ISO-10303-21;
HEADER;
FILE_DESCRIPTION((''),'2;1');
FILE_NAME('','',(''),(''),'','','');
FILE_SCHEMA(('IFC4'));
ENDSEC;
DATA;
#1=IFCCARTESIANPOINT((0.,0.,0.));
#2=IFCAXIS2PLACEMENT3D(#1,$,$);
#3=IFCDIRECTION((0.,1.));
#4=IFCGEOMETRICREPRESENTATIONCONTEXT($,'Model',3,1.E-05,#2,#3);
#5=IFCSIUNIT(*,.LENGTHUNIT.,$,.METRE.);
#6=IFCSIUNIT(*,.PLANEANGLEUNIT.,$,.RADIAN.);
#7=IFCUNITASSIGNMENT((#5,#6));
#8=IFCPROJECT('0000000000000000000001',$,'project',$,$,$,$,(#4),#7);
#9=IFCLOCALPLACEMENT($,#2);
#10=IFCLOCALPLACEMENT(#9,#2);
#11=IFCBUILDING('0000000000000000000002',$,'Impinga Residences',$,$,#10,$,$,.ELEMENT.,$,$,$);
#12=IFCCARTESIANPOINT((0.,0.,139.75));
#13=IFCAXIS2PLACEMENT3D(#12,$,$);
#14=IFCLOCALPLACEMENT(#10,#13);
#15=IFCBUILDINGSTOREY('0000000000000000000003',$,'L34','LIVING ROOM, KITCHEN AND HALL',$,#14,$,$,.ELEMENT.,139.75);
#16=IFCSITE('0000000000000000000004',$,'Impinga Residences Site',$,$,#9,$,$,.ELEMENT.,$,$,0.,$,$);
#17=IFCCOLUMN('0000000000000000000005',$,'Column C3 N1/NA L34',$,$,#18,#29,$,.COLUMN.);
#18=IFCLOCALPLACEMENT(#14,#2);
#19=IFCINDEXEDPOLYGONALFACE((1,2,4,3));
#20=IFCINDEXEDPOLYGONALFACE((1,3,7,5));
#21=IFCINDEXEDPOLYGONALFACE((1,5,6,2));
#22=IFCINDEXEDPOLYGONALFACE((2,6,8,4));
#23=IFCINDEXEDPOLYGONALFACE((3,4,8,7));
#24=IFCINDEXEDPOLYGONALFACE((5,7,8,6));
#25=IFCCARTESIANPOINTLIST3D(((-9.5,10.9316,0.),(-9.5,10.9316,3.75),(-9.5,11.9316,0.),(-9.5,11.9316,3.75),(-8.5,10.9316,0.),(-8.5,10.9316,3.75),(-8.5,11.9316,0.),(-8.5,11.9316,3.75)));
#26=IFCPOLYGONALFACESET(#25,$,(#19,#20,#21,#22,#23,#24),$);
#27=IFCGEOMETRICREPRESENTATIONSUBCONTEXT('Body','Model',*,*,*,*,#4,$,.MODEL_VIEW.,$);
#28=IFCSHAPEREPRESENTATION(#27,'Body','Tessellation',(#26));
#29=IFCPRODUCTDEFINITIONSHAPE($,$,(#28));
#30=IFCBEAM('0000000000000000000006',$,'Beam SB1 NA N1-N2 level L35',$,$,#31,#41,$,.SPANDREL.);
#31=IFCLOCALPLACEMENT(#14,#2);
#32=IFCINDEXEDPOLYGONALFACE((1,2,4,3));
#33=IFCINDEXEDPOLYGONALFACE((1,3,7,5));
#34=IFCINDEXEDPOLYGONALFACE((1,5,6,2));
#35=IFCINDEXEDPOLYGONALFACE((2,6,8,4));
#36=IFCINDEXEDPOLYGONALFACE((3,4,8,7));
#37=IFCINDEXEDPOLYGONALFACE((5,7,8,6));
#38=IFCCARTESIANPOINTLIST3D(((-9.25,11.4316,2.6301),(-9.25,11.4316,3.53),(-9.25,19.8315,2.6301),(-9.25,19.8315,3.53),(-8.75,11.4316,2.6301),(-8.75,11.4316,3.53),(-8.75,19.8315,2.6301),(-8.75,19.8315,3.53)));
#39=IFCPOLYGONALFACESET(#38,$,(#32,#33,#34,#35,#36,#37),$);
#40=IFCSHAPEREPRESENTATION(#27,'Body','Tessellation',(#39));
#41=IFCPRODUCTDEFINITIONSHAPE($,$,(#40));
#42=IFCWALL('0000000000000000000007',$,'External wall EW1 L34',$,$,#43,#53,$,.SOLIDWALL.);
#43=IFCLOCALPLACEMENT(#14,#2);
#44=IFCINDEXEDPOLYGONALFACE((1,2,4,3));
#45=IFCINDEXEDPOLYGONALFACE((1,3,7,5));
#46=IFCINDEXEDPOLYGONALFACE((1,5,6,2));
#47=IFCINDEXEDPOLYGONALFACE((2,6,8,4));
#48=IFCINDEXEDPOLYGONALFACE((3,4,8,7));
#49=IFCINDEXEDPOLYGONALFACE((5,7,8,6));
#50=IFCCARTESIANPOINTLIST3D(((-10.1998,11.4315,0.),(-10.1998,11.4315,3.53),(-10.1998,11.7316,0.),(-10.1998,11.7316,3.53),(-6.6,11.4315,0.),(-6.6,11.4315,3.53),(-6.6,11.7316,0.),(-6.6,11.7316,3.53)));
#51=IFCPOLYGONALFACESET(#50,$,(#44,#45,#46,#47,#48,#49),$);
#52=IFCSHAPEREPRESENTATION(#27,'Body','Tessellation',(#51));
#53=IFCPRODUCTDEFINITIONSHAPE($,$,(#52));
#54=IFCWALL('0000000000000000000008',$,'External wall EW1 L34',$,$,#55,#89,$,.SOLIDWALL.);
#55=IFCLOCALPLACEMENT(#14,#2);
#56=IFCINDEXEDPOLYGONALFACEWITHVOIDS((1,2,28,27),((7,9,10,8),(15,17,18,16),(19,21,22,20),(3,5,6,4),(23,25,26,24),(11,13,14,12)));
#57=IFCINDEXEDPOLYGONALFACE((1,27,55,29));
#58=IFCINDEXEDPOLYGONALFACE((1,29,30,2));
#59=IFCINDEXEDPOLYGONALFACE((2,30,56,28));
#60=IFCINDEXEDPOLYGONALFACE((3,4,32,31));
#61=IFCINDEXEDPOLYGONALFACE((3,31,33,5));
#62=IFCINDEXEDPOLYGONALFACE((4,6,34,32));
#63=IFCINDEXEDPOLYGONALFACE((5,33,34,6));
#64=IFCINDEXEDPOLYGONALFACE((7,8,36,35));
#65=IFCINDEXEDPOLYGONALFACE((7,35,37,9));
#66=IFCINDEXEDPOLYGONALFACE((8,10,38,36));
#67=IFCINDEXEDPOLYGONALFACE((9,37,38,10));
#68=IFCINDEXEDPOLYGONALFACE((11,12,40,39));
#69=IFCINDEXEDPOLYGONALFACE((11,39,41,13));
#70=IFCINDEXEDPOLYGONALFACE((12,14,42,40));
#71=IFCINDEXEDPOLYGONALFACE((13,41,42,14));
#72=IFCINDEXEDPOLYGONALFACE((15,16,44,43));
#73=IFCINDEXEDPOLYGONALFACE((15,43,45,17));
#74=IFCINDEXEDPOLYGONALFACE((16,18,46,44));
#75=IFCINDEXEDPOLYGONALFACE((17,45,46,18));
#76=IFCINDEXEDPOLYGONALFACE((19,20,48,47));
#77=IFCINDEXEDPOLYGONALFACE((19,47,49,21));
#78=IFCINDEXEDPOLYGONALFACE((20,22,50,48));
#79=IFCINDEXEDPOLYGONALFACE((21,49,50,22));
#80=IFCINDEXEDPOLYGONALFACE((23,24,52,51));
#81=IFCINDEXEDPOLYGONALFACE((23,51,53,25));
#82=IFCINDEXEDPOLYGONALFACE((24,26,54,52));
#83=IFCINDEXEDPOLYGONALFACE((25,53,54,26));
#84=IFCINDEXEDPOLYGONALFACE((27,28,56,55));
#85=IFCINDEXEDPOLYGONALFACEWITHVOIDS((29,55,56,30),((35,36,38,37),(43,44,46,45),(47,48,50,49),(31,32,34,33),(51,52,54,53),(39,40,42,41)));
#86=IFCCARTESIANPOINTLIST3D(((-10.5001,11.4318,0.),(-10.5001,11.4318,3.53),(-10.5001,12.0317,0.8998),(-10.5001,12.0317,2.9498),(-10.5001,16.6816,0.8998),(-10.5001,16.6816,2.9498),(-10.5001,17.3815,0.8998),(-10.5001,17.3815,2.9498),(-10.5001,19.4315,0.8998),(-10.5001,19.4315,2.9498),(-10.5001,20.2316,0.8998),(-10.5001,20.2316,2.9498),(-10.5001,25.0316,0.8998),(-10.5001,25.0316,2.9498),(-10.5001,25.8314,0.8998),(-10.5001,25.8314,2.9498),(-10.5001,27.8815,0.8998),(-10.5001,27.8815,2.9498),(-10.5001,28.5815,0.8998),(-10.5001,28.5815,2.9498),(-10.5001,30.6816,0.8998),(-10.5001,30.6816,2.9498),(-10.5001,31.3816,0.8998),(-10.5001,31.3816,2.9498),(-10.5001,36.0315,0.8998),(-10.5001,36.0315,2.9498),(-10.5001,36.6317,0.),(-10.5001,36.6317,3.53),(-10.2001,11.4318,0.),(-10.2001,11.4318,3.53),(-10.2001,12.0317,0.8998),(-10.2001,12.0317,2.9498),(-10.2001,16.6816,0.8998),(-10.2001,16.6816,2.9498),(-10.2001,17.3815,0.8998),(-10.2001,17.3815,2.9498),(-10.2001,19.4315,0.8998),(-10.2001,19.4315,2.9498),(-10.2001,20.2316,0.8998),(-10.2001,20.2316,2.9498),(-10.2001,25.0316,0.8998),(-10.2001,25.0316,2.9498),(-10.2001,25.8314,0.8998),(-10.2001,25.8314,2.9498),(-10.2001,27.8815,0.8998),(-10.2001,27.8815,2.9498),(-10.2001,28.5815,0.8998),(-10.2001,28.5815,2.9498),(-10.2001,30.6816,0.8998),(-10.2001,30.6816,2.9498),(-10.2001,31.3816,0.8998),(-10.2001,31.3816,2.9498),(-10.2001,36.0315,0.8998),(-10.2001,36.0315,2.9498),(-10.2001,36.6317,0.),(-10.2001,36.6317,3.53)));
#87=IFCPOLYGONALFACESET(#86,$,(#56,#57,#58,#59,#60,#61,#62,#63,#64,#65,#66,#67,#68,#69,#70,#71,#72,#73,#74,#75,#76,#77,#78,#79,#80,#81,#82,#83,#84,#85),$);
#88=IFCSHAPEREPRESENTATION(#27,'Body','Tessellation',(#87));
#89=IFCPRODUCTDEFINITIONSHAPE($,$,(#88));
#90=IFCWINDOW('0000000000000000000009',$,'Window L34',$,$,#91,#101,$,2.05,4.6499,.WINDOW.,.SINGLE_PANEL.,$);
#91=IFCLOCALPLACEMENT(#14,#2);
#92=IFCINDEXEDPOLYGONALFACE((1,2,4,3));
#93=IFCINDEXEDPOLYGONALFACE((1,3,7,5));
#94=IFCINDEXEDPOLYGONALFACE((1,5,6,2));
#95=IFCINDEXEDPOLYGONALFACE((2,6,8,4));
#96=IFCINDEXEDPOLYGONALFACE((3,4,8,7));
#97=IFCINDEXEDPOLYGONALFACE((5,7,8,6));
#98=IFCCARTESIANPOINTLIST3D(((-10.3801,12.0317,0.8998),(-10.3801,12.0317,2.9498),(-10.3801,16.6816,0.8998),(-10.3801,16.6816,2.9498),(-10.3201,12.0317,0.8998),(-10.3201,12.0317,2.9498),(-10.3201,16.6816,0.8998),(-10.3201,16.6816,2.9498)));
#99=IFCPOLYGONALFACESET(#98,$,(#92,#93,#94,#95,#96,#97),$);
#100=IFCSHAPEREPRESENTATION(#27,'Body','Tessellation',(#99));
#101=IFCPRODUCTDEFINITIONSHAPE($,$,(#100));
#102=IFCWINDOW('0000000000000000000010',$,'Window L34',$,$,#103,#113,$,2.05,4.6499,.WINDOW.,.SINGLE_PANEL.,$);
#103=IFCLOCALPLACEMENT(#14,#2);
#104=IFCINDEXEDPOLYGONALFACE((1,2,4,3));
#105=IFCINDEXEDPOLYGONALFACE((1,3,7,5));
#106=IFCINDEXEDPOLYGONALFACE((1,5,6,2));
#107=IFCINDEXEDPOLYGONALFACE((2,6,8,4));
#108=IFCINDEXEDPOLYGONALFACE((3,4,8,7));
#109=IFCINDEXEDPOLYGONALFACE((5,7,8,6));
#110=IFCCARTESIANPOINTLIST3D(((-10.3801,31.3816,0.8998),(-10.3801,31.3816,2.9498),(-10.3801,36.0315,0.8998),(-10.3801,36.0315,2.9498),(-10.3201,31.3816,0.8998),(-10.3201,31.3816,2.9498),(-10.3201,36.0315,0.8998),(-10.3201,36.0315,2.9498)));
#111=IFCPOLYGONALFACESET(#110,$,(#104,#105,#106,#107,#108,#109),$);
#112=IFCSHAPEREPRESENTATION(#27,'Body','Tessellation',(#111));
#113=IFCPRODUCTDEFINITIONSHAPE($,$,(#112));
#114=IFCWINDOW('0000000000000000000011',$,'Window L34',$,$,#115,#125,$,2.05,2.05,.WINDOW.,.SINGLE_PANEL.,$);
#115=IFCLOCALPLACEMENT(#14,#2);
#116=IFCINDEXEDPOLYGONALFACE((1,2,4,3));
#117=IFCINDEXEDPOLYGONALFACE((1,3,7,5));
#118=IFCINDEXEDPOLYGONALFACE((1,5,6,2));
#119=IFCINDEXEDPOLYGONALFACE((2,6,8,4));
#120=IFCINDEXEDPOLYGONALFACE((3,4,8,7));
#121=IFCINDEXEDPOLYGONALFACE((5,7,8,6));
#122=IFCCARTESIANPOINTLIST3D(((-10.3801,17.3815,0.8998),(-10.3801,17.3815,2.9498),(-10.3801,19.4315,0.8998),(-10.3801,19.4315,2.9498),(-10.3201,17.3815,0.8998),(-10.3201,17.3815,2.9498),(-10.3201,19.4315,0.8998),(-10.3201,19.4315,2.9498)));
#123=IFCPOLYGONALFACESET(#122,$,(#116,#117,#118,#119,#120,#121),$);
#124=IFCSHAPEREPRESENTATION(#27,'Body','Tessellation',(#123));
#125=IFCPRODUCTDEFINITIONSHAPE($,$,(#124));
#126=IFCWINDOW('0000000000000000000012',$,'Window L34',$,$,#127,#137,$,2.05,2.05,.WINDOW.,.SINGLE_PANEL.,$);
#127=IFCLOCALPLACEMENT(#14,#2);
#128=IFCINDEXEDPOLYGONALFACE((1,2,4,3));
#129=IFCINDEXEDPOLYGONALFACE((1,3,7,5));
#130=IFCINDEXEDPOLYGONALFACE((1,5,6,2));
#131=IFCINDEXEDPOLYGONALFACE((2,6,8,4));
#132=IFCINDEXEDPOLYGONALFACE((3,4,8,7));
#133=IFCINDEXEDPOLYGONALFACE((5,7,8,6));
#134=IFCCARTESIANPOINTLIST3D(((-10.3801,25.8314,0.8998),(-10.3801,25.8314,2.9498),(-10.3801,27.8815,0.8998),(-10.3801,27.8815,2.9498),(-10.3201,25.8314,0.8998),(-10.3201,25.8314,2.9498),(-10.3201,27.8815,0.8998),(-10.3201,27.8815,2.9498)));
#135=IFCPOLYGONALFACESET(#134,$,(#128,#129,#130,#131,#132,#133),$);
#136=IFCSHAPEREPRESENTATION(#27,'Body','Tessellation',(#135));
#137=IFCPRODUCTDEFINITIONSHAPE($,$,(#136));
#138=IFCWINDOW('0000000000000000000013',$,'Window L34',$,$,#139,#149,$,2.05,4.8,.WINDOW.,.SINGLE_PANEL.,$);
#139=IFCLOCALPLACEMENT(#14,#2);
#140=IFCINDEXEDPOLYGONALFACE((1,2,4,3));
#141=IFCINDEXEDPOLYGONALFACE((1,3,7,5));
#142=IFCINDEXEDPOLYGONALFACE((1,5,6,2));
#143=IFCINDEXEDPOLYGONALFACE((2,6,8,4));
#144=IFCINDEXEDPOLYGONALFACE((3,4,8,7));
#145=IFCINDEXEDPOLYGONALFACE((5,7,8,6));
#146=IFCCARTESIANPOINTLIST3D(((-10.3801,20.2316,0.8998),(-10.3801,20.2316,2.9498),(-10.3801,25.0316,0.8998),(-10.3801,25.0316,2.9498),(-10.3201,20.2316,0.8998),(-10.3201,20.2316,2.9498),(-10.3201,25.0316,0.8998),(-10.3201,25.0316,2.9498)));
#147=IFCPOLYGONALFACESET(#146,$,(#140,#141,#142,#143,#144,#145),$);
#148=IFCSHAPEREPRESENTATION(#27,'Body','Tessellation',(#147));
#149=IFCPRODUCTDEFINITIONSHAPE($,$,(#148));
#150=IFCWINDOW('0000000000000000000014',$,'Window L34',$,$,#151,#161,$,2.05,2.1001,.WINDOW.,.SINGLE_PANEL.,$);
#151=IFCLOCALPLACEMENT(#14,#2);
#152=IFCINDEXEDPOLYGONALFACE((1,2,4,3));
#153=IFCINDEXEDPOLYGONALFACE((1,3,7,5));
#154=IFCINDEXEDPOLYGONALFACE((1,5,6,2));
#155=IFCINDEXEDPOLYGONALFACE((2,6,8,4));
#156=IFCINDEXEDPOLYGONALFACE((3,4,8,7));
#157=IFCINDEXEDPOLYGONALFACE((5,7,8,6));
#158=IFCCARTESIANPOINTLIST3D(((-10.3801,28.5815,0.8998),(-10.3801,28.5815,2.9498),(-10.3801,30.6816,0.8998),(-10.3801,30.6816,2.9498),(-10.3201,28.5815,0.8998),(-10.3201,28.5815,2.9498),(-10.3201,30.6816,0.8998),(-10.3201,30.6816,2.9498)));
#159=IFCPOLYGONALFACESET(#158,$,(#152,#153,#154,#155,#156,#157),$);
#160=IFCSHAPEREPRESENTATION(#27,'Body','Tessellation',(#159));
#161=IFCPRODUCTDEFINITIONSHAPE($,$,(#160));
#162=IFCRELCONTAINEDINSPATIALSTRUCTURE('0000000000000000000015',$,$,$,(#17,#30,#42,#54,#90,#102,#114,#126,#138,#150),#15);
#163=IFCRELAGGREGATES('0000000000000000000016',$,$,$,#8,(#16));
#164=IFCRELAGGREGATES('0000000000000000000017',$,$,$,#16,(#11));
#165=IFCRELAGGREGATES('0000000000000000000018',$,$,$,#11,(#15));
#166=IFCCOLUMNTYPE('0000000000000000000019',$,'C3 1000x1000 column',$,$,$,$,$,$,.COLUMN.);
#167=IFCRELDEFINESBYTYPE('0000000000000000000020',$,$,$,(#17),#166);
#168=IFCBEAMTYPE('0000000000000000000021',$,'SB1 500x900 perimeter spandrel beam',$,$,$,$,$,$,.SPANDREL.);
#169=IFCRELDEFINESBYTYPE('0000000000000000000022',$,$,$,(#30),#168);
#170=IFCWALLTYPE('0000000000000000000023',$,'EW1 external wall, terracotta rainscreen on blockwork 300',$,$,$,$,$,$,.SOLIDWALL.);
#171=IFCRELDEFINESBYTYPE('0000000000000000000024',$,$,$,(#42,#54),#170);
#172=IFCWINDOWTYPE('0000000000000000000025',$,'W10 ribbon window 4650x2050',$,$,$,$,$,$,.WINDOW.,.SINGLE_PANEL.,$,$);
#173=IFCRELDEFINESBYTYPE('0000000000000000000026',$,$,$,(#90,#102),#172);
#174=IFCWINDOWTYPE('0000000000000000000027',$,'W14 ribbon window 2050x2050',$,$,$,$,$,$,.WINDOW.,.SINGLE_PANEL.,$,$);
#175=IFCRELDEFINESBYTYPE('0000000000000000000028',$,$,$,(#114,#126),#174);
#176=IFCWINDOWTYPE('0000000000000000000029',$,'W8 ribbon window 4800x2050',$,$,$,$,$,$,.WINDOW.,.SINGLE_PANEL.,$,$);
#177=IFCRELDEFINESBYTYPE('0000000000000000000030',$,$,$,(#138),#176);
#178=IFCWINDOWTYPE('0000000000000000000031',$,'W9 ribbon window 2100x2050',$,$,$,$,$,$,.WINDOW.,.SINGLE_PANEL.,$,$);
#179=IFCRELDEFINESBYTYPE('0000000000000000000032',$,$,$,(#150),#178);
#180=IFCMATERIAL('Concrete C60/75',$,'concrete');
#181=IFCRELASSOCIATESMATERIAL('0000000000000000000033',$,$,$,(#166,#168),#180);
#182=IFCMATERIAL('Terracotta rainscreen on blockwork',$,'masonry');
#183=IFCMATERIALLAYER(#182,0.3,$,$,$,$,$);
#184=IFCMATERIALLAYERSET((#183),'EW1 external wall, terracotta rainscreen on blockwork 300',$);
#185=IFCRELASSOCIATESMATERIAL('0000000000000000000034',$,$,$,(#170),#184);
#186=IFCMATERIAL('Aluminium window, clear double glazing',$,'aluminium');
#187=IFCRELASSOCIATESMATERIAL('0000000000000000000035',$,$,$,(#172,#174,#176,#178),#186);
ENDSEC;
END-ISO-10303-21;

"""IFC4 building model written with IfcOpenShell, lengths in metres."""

from ifc_helpers import new_model, si_unit, direction, frame, frame_2d, origin, origin_2d, place, context, subcontext, project, spatial, rectangle, extrude, material, layer, layer_set, material_profile, profile_set, type_object, element, fill, save


model = new_model("IFC4")

# Units and contexts
model_context = context("Model", 3, precision=1e-05, world=origin(), true_north=direction((0.0, 1.0)))
body_context = subcontext(model_context, "Body", "Model", "MODEL_VIEW")
ifc_project = project(units=[si_unit("LENGTHUNIT", "METRE"), si_unit("PLANEANGLEUNIT", "RADIAN")], contexts=[model_context])

# Site, building, storey
site_placement = place(None, origin())
site = spatial("IfcSite", under=ifc_project, at=site_placement, Name="Impinga Residences Site", CompositionType="ELEMENT", RefElevation=0.0)
building_placement = place(site_placement, origin())
building = spatial("IfcBuilding", under=site, at=building_placement, Name="Impinga Residences", CompositionType="ELEMENT")
storey_placement = place(building_placement, frame((0.0, 0.0, 139.75)))
storey = spatial("IfcBuildingStorey", under=building, at=storey_placement, Name="L34", Description="LIVING ROOM, KITCHEN AND HALL", CompositionType="ELEMENT", Elevation=139.75)

# Column
ifc_material_1 = material(Name="Concrete C60/75", Category="concrete")
ifc_material_profile_1 = material_profile(ifc_material_1, rectangle(XDim=1.0, YDim=1.0, at=origin_2d()), Name="RC 1000x1000")
ifc_profile_set_1 = profile_set([ifc_material_profile_1], Name="Concrete C60/75")
column_type = type_object("IfcColumnType", Name="C3 1000x1000 column", PredefinedType="COLUMN", material=ifc_profile_set_1)
column_placement = place(storey_placement, frame((-9.0, 11.4316, 0.0), z_axis=(0.0, 0.0, 1.0), x_axis=(1.0, 0.0, 0.0)))
element("IfcColumn", 1, at=column_placement, inside=storey, type_object=column_type, Name="Column C3 N1/NA L34", PredefinedType="COLUMN", context=body_context, shape_type="SweptSolid", body=[
    extrude(rectangle(XDim=1.0, YDim=1.0, at=origin_2d()), origin(), (0.0, 0.0, 1.0), 3.75),
])

# Beam
ifc_material_profile_2 = material_profile(ifc_material_1, rectangle(XDim=0.5, YDim=0.8999, at=origin_2d()), Name="RC 500x900")
ifc_profile_set_2 = profile_set([ifc_material_profile_2], Name="Concrete C60/75")
beam_type = type_object("IfcBeamType", Name="SB1 500x900 perimeter spandrel beam", PredefinedType="SPANDREL", material=ifc_profile_set_2)
beam_placement = place(storey_placement, frame((-9.0, 11.4316, 3.0801), z_axis=(0.0, 1.0, 0.0), x_axis=(-1.0, 0.0, 0.0)))
element("IfcBeam", 2, at=beam_placement, inside=storey, type_object=beam_type, Name="Beam SB1 NA N1-N2 level L35", PredefinedType="SPANDREL", context=body_context, shape_type="SweptSolid", body=[
    extrude(rectangle(XDim=0.5, YDim=0.8999, at=origin_2d()), origin(), (0.0, 0.0, 1.0), 8.3999),
])

# Wall
ifc_material_2 = material(Name="Terracotta rainscreen on blockwork", Category="masonry")
ifc_layer_1 = layer(ifc_material_2, 0.3)
ifc_layer_set_1 = layer_set([ifc_layer_1], Name="EW1 external wall, terracotta rainscreen on blockwork 300")
wall_type_1 = type_object("IfcWallType", Name="EW1 external wall, terracotta rainscreen on blockwork 300", PredefinedType="SOLIDWALL", material=ifc_layer_set_1)
wall_1_placement = place(storey_placement, frame((-6.6001, 11.5815, 0.0), z_axis=(0.0, 0.0, 1.0), x_axis=(-1.0, 0.0, 0.0)))
element("IfcWall", 3, at=wall_1_placement, inside=storey, type_object=wall_type_1, Name="External wall EW1 L34", PredefinedType="SOLIDWALL", context=body_context, shape_type="SweptSolid", body=[
    extrude(rectangle(XDim=3.5999, YDim=0.3, at=frame_2d((1.7998, 0.0))), origin(), (0.0, 0.0, 1.0), 3.53),
])

# Wall, openings, windows
wall_2_placement = place(storey_placement, frame((-10.3501, 11.4316, 0.0), z_axis=(0.0, 0.0, 1.0), x_axis=(0.0, 1.0, 0.0)))
wall_2 = element("IfcWall", 4, at=wall_2_placement, inside=storey, type_object=wall_type_1, Name="External wall EW1 L34", PredefinedType="SOLIDWALL", context=body_context, shape_type="SweptSolid", body=[
    extrude(rectangle(XDim=25.2, YDim=0.3, at=frame_2d((12.6001, 0.0))), origin(), (0.0, 0.0, 1.0), 3.53),
])
opening_1_placement = place(wall_2_placement, frame((0.6001, 0.0, 0.8999)))
opening_1 = element("IfcOpeningElement", 5, at=opening_1_placement, cuts=wall_2, PredefinedType="OPENING", context=body_context, shape_type="SweptSolid", body=[
    extrude(rectangle(XDim=4.6499, YDim=2.05, at=frame_2d((2.325, 1.0249))), frame((0.0, 0.1599, 0.0), z_axis=(0.0, -1.0, 0.0), x_axis=(1.0, 0.0, 0.0)), (0.0, 0.0, 1.0), 0.3201),
])
opening_2_placement = place(wall_2_placement, frame((5.95, 0.0, 0.8999)))
opening_2 = element("IfcOpeningElement", 6, at=opening_2_placement, cuts=wall_2, PredefinedType="OPENING", context=body_context, shape_type="SweptSolid", body=[
    extrude(rectangle(XDim=2.05, YDim=2.05, at=frame_2d((1.0249, 1.0249))), frame((0.0, 0.1599, 0.0), z_axis=(0.0, -1.0, 0.0), x_axis=(1.0, 0.0, 0.0)), (0.0, 0.0, 1.0), 0.3201),
])
opening_3_placement = place(wall_2_placement, frame((8.8, 0.0, 0.8999)))
opening_3 = element("IfcOpeningElement", 7, at=opening_3_placement, cuts=wall_2, PredefinedType="OPENING", context=body_context, shape_type="SweptSolid", body=[
    extrude(rectangle(XDim=4.8, YDim=2.05, at=frame_2d((2.3999, 1.0249))), frame((0.0, 0.1599, 0.0), z_axis=(0.0, -1.0, 0.0), x_axis=(1.0, 0.0, 0.0)), (0.0, 0.0, 1.0), 0.3201),
])
opening_4_placement = place(wall_2_placement, frame((14.3999, 0.0, 0.8999)))
opening_4 = element("IfcOpeningElement", 8, at=opening_4_placement, cuts=wall_2, PredefinedType="OPENING", context=body_context, shape_type="SweptSolid", body=[
    extrude(rectangle(XDim=2.05, YDim=2.05, at=frame_2d((1.0249, 1.0249))), frame((0.0, 0.1599, 0.0), z_axis=(0.0, -1.0, 0.0), x_axis=(1.0, 0.0, 0.0)), (0.0, 0.0, 1.0), 0.3201),
])
opening_5_placement = place(wall_2_placement, frame((17.1499, 0.0, 0.8999)))
opening_5 = element("IfcOpeningElement", 9, at=opening_5_placement, cuts=wall_2, PredefinedType="OPENING", context=body_context, shape_type="SweptSolid", body=[
    extrude(rectangle(XDim=2.1001, YDim=2.05, at=frame_2d((1.05, 1.0249))), frame((0.0, 0.1599, 0.0), z_axis=(0.0, -1.0, 0.0), x_axis=(1.0, 0.0, 0.0)), (0.0, 0.0, 1.0), 0.3201),
])
opening_6_placement = place(wall_2_placement, frame((19.95, 0.0, 0.8999)))
opening_6 = element("IfcOpeningElement", 10, at=opening_6_placement, cuts=wall_2, PredefinedType="OPENING", context=body_context, shape_type="SweptSolid", body=[
    extrude(rectangle(XDim=4.6499, YDim=2.05, at=frame_2d((2.325, 1.0249))), frame((0.0, 0.1599, 0.0), z_axis=(0.0, -1.0, 0.0), x_axis=(1.0, 0.0, 0.0)), (0.0, 0.0, 1.0), 0.3201),
])
ifc_material_3 = material(Name="Aluminium window, clear double glazing", Category="aluminium")
window_type_1 = type_object("IfcWindowType", Name="W10 ribbon window 4650x2050", PartitioningType="SINGLE_PANEL", PredefinedType="WINDOW", material=ifc_material_3)
window_1_placement = place(opening_1_placement, origin())
window_1 = element("IfcWindow", 11, at=window_1_placement, inside=storey, type_object=window_type_1, Name="Window L34", OverallHeight=2.05, OverallWidth=4.6499, PartitioningType="SINGLE_PANEL", PredefinedType="WINDOW", context=body_context, shape_type="SweptSolid", body=[
    extrude(rectangle(XDim=4.6499, YDim=2.05, at=frame_2d((2.325, 1.0249))), frame((0.0, 0.03, 0.0), z_axis=(0.0, -1.0, 0.0), x_axis=(1.0, 0.0, 0.0)), (0.0, 0.0, 1.0), 0.0601),
])
fill(opening_1, window_1)
window_2_placement = place(opening_6_placement, origin())
window_2 = element("IfcWindow", 12, at=window_2_placement, inside=storey, type_object=window_type_1, Name="Window L34", OverallHeight=2.05, OverallWidth=4.6499, PartitioningType="SINGLE_PANEL", PredefinedType="WINDOW", context=body_context, shape_type="SweptSolid", body=[
    extrude(rectangle(XDim=4.6499, YDim=2.05, at=frame_2d((2.325, 1.0249))), frame((0.0, 0.03, 0.0), z_axis=(0.0, -1.0, 0.0), x_axis=(1.0, 0.0, 0.0)), (0.0, 0.0, 1.0), 0.0601),
])
fill(opening_6, window_2)
window_type_2 = type_object("IfcWindowType", Name="W14 ribbon window 2050x2050", PartitioningType="SINGLE_PANEL", PredefinedType="WINDOW", material=ifc_material_3)
window_3_placement = place(opening_2_placement, origin())
window_3 = element("IfcWindow", 13, at=window_3_placement, inside=storey, type_object=window_type_2, Name="Window L34", OverallHeight=2.05, OverallWidth=2.05, PartitioningType="SINGLE_PANEL", PredefinedType="WINDOW", context=body_context, shape_type="SweptSolid", body=[
    extrude(rectangle(XDim=2.05, YDim=2.05, at=frame_2d((1.0249, 1.0249))), frame((0.0, 0.03, 0.0), z_axis=(0.0, -1.0, 0.0), x_axis=(1.0, 0.0, 0.0)), (0.0, 0.0, 1.0), 0.0601),
])
fill(opening_2, window_3)
window_4_placement = place(opening_4_placement, origin())
window_4 = element("IfcWindow", 14, at=window_4_placement, inside=storey, type_object=window_type_2, Name="Window L34", OverallHeight=2.05, OverallWidth=2.05, PartitioningType="SINGLE_PANEL", PredefinedType="WINDOW", context=body_context, shape_type="SweptSolid", body=[
    extrude(rectangle(XDim=2.05, YDim=2.05, at=frame_2d((1.0249, 1.0249))), frame((0.0, 0.03, 0.0), z_axis=(0.0, -1.0, 0.0), x_axis=(1.0, 0.0, 0.0)), (0.0, 0.0, 1.0), 0.0601),
])
fill(opening_4, window_4)
window_type_3 = type_object("IfcWindowType", Name="W8 ribbon window 4800x2050", PartitioningType="SINGLE_PANEL", PredefinedType="WINDOW", material=ifc_material_3)
window_5_placement = place(opening_3_placement, origin())
window_5 = element("IfcWindow", 15, at=window_5_placement, inside=storey, type_object=window_type_3, Name="Window L34", OverallHeight=2.05, OverallWidth=4.8, PartitioningType="SINGLE_PANEL", PredefinedType="WINDOW", context=body_context, shape_type="SweptSolid", body=[
    extrude(rectangle(XDim=4.8, YDim=2.05, at=frame_2d((2.3999, 1.0249))), frame((0.0, 0.03, 0.0), z_axis=(0.0, -1.0, 0.0), x_axis=(1.0, 0.0, 0.0)), (0.0, 0.0, 1.0), 0.0601),
])
fill(opening_3, window_5)
window_type_4 = type_object("IfcWindowType", Name="W9 ribbon window 2100x2050", PartitioningType="SINGLE_PANEL", PredefinedType="WINDOW", material=ifc_material_3)
window_6_placement = place(opening_5_placement, origin())
window_6 = element("IfcWindow", 16, at=window_6_placement, inside=storey, type_object=window_type_4, Name="Window L34", OverallHeight=2.05, OverallWidth=2.1001, PartitioningType="SINGLE_PANEL", PredefinedType="WINDOW", context=body_context, shape_type="SweptSolid", body=[
    extrude(rectangle(XDim=2.1001, YDim=2.05, at=frame_2d((1.05, 1.0249))), frame((0.0, 0.03, 0.0), z_axis=(0.0, -1.0, 0.0), x_axis=(1.0, 0.0, 0.0)), (0.0, 0.0, 1.0), 0.0601),
])
fill(opening_5, window_6)

save(model, "model.ifc")
